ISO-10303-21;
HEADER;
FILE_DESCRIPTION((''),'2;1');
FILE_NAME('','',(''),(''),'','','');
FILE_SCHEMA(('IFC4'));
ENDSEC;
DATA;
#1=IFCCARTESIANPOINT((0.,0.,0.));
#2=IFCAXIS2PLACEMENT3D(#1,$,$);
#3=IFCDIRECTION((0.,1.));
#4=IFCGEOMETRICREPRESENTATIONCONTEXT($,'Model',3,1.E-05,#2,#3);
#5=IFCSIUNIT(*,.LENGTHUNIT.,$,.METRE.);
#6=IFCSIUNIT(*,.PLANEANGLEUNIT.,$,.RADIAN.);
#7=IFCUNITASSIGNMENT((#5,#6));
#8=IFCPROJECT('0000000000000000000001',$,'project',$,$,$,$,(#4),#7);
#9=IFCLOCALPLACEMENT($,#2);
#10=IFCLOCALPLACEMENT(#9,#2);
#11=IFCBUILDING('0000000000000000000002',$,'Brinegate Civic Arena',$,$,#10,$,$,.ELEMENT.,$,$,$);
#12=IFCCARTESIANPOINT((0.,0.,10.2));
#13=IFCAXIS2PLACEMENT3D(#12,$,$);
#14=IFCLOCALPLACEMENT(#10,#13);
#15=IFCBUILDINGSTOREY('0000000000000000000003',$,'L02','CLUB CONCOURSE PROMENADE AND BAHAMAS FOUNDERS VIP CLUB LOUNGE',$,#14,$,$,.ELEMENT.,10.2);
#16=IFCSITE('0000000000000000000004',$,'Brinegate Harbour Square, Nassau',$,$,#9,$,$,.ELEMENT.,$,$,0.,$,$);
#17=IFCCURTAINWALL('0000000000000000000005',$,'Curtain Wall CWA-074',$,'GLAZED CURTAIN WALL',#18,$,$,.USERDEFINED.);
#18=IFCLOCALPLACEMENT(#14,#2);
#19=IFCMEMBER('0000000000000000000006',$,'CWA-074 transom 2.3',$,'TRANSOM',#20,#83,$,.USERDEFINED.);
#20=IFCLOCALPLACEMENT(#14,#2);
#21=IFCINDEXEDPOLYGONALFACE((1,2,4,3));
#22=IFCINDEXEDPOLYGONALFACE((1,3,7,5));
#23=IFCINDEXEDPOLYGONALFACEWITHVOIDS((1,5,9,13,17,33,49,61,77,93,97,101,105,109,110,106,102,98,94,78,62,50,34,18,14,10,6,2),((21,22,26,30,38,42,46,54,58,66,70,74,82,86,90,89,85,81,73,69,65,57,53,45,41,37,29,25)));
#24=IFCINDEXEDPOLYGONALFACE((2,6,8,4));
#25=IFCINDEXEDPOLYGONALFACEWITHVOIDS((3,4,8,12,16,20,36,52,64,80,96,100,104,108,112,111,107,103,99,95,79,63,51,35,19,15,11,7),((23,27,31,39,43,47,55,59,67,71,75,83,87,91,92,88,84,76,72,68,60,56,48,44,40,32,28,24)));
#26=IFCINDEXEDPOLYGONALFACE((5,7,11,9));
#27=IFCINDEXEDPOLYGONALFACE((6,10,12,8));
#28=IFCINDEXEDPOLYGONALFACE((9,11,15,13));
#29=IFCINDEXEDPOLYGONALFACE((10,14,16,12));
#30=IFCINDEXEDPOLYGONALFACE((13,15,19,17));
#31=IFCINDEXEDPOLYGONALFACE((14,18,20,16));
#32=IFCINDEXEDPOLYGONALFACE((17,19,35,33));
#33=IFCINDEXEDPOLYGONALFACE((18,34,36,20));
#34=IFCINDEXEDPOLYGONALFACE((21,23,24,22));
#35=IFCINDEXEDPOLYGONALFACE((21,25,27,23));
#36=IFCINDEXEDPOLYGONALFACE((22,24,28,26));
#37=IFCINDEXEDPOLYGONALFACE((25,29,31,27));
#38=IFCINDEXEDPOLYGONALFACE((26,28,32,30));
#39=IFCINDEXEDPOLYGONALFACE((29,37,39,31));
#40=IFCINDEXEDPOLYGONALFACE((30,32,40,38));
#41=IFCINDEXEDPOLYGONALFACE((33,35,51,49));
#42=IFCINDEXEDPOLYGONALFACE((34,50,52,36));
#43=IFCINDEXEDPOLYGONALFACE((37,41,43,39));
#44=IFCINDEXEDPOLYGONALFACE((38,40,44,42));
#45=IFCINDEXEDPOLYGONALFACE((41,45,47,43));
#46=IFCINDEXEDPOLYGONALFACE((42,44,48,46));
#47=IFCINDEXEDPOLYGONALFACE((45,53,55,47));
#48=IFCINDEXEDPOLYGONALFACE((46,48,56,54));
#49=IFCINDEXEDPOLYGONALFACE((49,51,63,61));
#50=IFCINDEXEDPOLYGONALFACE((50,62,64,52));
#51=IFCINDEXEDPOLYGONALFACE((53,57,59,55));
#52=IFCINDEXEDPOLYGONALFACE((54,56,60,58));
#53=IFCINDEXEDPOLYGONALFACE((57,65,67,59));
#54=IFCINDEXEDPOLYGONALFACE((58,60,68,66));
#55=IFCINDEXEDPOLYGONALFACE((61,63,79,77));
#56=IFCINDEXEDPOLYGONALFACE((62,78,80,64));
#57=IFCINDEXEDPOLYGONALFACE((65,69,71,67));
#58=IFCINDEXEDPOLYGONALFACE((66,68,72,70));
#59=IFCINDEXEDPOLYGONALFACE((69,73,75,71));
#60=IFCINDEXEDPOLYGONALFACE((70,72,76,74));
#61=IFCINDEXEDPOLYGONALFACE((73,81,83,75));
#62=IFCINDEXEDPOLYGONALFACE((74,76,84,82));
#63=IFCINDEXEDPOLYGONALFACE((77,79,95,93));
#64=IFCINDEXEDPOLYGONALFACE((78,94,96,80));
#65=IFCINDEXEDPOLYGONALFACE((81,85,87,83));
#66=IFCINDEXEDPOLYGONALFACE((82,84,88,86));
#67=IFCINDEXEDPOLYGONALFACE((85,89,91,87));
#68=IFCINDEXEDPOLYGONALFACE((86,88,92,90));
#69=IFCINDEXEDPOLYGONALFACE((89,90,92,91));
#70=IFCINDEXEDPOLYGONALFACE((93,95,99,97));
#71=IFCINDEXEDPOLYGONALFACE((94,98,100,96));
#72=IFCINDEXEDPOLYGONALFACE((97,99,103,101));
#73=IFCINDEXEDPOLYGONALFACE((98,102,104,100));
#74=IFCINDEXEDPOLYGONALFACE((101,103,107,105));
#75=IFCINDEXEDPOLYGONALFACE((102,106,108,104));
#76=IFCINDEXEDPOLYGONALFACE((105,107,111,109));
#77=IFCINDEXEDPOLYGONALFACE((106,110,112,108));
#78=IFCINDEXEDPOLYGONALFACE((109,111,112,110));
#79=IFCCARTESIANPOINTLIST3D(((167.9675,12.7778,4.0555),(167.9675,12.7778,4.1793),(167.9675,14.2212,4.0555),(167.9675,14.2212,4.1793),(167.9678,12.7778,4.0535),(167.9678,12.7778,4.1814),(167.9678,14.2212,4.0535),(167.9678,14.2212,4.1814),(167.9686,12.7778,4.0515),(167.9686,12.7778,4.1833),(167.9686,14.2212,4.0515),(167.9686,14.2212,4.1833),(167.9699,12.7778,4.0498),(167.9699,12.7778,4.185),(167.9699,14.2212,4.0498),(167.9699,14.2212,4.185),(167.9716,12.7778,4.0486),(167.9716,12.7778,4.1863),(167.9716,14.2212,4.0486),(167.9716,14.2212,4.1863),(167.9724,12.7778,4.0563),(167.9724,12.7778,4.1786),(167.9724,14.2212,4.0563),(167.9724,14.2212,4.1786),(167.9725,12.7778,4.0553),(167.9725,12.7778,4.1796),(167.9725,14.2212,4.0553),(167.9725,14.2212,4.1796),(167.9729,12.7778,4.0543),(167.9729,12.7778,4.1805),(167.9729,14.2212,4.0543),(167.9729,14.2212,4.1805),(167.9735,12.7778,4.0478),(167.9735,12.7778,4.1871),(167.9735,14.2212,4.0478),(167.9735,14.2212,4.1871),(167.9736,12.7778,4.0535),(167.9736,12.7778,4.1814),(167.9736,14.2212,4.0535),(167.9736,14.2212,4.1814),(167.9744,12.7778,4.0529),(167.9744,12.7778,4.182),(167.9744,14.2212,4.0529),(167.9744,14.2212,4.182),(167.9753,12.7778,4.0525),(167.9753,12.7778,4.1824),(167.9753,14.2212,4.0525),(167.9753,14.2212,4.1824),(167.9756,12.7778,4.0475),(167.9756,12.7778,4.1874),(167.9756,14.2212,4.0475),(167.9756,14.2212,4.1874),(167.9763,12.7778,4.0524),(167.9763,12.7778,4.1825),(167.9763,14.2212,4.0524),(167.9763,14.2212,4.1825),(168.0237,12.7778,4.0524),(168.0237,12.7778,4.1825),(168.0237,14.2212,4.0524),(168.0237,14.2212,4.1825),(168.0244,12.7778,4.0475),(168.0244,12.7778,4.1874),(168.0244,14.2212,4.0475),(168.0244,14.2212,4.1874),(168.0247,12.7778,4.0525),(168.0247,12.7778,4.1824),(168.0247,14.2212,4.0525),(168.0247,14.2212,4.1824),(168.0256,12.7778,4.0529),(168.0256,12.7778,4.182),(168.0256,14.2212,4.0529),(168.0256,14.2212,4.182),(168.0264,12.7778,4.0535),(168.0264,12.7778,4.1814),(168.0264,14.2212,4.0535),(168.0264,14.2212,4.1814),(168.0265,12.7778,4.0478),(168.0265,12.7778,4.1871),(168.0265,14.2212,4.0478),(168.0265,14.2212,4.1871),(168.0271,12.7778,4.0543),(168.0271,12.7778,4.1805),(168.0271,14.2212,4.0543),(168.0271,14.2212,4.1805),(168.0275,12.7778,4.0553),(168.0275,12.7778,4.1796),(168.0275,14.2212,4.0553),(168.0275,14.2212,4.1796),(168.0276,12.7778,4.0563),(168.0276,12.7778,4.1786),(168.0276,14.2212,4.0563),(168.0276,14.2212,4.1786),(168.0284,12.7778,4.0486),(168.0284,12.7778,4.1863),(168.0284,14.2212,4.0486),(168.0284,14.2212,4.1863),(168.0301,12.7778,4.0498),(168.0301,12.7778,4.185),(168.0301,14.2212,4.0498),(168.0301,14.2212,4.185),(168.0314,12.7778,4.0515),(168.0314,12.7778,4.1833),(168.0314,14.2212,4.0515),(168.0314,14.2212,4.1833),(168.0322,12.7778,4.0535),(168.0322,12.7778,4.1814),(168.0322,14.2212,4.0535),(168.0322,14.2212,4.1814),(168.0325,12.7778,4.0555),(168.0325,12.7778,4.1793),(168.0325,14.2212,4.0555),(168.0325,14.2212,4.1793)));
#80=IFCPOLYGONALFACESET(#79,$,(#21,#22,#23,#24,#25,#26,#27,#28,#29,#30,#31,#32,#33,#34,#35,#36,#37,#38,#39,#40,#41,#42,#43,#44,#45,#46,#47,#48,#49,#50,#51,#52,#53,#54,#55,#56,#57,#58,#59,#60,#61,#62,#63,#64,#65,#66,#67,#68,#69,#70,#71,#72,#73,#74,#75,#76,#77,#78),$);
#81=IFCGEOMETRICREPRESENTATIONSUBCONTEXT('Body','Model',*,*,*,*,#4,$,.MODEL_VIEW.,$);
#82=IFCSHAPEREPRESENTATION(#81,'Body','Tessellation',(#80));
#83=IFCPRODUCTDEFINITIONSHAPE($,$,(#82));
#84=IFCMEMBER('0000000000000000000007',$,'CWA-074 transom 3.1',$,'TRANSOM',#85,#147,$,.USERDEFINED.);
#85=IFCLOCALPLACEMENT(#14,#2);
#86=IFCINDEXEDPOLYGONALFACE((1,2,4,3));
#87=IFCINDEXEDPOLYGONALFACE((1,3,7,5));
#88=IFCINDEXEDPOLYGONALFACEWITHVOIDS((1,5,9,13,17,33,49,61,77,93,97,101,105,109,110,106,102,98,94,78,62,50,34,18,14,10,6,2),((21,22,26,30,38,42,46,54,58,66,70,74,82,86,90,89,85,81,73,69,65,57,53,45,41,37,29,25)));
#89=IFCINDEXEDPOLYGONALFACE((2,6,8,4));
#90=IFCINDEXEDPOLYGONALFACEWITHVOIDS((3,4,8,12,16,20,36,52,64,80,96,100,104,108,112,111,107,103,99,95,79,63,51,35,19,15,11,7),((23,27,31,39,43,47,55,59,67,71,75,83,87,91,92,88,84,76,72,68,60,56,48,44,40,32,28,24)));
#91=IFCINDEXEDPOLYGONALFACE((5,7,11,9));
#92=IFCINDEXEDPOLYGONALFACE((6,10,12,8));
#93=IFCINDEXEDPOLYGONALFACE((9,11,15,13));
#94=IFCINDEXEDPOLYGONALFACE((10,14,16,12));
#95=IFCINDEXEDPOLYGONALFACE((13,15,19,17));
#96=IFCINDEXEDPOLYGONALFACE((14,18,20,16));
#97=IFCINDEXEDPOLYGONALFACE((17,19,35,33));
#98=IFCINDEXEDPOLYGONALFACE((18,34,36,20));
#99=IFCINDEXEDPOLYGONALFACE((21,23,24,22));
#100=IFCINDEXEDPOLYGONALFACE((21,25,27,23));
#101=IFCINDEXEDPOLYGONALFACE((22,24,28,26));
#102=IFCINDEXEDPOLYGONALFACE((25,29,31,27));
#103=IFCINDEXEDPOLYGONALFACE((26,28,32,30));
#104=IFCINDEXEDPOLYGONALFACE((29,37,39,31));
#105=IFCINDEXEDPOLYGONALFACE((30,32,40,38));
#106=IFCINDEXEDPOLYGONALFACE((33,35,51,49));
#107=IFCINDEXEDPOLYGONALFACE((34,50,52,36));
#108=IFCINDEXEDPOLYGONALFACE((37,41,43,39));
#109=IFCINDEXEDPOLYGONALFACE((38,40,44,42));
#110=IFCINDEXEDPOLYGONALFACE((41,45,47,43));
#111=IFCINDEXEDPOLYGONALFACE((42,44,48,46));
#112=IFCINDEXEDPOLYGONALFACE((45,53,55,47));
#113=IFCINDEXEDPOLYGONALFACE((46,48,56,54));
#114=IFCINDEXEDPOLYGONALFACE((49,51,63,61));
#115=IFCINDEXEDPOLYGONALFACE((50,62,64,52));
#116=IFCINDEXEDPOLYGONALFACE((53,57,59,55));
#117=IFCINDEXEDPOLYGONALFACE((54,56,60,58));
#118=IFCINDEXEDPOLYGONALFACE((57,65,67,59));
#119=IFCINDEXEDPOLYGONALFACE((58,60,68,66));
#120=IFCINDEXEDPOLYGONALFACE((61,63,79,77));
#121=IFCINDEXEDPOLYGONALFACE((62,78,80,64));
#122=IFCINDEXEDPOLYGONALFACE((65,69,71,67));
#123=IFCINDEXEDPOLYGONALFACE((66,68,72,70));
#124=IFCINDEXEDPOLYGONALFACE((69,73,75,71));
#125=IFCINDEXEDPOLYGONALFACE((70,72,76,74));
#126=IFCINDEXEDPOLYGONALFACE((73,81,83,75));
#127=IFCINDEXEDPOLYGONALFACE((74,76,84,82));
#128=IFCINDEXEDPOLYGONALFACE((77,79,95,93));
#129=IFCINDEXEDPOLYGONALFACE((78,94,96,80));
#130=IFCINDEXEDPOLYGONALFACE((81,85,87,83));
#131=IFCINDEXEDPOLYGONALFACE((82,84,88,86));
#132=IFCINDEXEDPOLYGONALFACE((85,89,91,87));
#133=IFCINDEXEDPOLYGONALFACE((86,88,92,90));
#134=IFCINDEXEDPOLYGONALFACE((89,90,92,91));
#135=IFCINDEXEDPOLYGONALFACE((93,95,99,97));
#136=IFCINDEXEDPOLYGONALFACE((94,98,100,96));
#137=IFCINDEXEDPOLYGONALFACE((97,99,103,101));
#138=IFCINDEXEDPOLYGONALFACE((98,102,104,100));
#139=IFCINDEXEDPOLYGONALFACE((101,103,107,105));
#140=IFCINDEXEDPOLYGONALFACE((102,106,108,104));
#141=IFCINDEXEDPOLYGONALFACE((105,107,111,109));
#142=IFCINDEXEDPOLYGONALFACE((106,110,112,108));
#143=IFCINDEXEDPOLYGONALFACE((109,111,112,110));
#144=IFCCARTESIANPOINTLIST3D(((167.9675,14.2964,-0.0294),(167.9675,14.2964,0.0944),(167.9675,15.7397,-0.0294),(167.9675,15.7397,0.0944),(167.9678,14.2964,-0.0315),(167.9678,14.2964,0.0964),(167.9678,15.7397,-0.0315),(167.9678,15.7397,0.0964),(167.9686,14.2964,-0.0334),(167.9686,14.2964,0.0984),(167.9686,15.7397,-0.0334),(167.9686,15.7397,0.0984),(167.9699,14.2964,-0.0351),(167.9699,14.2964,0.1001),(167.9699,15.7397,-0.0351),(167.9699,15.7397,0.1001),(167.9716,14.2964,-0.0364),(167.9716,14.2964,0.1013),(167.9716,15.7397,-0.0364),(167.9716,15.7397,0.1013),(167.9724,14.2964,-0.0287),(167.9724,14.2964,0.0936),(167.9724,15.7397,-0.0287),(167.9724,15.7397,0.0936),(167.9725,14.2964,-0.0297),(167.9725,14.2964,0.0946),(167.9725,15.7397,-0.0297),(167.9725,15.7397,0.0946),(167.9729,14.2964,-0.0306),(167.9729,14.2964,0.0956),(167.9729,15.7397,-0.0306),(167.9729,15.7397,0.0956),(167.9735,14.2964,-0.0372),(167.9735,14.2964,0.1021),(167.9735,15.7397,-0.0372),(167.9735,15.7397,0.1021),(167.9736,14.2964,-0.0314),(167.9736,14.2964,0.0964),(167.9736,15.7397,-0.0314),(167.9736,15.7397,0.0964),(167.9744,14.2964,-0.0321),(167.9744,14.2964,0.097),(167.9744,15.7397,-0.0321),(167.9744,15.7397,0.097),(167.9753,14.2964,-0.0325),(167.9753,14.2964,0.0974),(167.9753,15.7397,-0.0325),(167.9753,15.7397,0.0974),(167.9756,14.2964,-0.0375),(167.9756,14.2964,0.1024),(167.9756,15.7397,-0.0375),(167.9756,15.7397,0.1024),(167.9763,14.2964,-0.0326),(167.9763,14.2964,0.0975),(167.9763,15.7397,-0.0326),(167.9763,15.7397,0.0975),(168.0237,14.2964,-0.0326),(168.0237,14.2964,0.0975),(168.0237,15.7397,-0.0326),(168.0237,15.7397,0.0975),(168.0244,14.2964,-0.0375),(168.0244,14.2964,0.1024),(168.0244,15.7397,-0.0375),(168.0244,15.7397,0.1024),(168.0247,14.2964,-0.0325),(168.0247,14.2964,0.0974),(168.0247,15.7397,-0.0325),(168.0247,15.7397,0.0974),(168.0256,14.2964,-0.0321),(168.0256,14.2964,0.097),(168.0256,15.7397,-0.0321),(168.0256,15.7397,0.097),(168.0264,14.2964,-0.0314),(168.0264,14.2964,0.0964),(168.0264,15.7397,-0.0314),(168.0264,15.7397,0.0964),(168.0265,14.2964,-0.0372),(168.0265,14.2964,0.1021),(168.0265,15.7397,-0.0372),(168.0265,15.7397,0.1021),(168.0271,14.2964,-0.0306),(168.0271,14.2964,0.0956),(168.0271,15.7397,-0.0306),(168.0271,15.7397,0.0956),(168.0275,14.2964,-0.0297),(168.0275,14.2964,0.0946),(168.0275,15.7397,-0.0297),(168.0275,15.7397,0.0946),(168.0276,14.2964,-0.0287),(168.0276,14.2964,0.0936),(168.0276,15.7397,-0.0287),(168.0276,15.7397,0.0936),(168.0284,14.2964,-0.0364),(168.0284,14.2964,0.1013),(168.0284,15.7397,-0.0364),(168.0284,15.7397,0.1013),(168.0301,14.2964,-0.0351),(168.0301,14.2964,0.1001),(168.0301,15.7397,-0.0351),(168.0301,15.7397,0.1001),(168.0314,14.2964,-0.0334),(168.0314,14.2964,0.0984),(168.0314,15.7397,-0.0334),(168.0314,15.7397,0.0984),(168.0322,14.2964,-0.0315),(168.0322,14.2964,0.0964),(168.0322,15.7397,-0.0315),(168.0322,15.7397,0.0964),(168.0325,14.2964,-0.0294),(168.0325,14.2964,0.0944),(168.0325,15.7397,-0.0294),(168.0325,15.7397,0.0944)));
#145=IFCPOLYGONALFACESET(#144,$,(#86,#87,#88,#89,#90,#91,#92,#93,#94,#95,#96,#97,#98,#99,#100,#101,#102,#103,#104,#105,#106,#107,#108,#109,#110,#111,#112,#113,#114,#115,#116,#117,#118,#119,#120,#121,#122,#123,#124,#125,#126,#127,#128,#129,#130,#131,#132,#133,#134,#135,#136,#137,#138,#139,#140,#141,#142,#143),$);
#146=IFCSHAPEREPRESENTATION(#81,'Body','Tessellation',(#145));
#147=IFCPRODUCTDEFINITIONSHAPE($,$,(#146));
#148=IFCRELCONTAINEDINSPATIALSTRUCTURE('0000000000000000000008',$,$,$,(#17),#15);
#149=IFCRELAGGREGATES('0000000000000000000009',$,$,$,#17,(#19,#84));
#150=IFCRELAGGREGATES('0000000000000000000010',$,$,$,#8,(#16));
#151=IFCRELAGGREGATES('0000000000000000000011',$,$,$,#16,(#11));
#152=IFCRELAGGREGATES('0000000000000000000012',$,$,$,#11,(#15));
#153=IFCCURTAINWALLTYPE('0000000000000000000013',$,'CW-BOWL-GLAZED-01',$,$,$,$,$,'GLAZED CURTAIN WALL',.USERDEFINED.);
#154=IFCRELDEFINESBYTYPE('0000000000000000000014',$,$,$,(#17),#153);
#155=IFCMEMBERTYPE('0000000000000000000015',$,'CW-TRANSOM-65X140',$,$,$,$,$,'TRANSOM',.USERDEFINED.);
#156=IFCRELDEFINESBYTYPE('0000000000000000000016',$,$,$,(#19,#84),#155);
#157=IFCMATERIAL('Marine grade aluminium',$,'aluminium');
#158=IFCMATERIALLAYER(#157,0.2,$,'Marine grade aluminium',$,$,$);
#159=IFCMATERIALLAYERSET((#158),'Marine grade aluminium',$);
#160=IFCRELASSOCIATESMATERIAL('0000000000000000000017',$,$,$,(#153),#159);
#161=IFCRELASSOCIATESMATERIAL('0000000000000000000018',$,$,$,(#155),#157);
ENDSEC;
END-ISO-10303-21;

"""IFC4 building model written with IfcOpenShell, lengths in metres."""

from ifc_helpers import new_model, si_unit, direction, frame, origin, origin_2d, place, context, subcontext, project, spatial, hollow_rectangle, extrude, material, layer, layer_set, material_profile, profile_set, type_object, element, aggregate, save


model = new_model("IFC4")

# Units and contexts
model_context = context("Model", 3, precision=1e-05, world=origin(), true_north=direction((0.0, 1.0)))
body_context = subcontext(model_context, "Body", "Model", "MODEL_VIEW")
ifc_project = project(units=[si_unit("LENGTHUNIT", "METRE"), si_unit("PLANEANGLEUNIT", "RADIAN")], contexts=[model_context])

# Site, building, storey
site_placement = place(None, origin())
site = spatial("IfcSite", under=ifc_project, at=site_placement, Name="Brinegate Harbour Square, Nassau", CompositionType="ELEMENT", RefElevation=0.0)
building_placement = place(site_placement, origin())
building = spatial("IfcBuilding", under=site, at=building_placement, Name="Brinegate Civic Arena", CompositionType="ELEMENT")
storey_placement = place(building_placement, frame((0.0, 0.0, 10.2)))
storey = spatial("IfcBuildingStorey", under=building, at=storey_placement, Name="L02", Description="CLUB CONCOURSE PROMENADE AND BAHAMAS FOUNDERS VIP CLUB LOUNGE", CompositionType="ELEMENT", Elevation=10.2)

# Shared definitions
ifc_material_1 = material(Name="Marine grade aluminium", Category="aluminium")
ifc_layer_1 = layer(ifc_material_1, 0.2, Name="Marine grade aluminium")
ifc_layer_set_1 = layer_set([ifc_layer_1], Name="Marine grade aluminium")
curtain_wall_type = type_object("IfcCurtainWallType", Name="CW-BOWL-GLAZED-01", ElementType="GLAZED CURTAIN WALL", PredefinedType="USERDEFINED", material=ifc_layer_set_1)

# Curtain wall, members
curtain_wall_1_placement = place(storey_placement, origin())
curtain_wall_1 = element("IfcCurtainWall", 1, at=curtain_wall_1_placement, inside=storey, type_object=curtain_wall_type, Name="Curtain Wall CWA-074", ObjectType="GLAZED CURTAIN WALL", PredefinedType="USERDEFINED")
ifc_material_profile_1 = material_profile(ifc_material_1, hollow_rectangle(XDim=0.0649, YDim=0.1399, WallThickness=0.0049, InnerFilletRadius=0.0039, OuterFilletRadius=0.0081, at=origin_2d()), Name="TRN65X140")
ifc_profile_set_1 = profile_set([ifc_material_profile_1], Name="Marine grade aluminium")
member_type_1 = type_object("IfcMemberType", Name="CW-TRANSOM-65X140", ElementType="TRANSOM", PredefinedType="USERDEFINED", material=ifc_profile_set_1)
member_1_placement = place(storey_placement, frame((168.0, 12.7778, 4.1174), z_axis=(0.0, 1.0, 0.0), x_axis=(-1.0, 0.0, 0.0)))
member_1 = element("IfcMember", 2, at=member_1_placement, type_object=member_type_1, Name="CWA-074 transom 2.3", ObjectType="TRANSOM", PredefinedType="USERDEFINED", context=body_context, shape_type="SweptSolid", body=[
    extrude(hollow_rectangle(XDim=0.0649, YDim=0.1399, WallThickness=0.0049, InnerFilletRadius=0.0039, OuterFilletRadius=0.0081, at=origin_2d()), origin(), (0.0, 0.0, 1.0), 1.4434),
])
member_2_placement = place(storey_placement, frame((168.0, 14.2964, 0.0325), z_axis=(0.0, 1.0, 0.0), x_axis=(-1.0, 0.0, 0.0)))
member_2 = element("IfcMember", 3, at=member_2_placement, type_object=member_type_1, Name="CWA-074 transom 3.1", ObjectType="TRANSOM", PredefinedType="USERDEFINED", context=body_context, shape_type="SweptSolid", body=[
    extrude(hollow_rectangle(XDim=0.0649, YDim=0.1399, WallThickness=0.0049, InnerFilletRadius=0.0039, OuterFilletRadius=0.0081, at=origin_2d()), origin(), (0.0, 0.0, 1.0), 1.4434),
])

aggregate(curtain_wall_1, [member_1, member_2])

save(model, "model.ifc")
